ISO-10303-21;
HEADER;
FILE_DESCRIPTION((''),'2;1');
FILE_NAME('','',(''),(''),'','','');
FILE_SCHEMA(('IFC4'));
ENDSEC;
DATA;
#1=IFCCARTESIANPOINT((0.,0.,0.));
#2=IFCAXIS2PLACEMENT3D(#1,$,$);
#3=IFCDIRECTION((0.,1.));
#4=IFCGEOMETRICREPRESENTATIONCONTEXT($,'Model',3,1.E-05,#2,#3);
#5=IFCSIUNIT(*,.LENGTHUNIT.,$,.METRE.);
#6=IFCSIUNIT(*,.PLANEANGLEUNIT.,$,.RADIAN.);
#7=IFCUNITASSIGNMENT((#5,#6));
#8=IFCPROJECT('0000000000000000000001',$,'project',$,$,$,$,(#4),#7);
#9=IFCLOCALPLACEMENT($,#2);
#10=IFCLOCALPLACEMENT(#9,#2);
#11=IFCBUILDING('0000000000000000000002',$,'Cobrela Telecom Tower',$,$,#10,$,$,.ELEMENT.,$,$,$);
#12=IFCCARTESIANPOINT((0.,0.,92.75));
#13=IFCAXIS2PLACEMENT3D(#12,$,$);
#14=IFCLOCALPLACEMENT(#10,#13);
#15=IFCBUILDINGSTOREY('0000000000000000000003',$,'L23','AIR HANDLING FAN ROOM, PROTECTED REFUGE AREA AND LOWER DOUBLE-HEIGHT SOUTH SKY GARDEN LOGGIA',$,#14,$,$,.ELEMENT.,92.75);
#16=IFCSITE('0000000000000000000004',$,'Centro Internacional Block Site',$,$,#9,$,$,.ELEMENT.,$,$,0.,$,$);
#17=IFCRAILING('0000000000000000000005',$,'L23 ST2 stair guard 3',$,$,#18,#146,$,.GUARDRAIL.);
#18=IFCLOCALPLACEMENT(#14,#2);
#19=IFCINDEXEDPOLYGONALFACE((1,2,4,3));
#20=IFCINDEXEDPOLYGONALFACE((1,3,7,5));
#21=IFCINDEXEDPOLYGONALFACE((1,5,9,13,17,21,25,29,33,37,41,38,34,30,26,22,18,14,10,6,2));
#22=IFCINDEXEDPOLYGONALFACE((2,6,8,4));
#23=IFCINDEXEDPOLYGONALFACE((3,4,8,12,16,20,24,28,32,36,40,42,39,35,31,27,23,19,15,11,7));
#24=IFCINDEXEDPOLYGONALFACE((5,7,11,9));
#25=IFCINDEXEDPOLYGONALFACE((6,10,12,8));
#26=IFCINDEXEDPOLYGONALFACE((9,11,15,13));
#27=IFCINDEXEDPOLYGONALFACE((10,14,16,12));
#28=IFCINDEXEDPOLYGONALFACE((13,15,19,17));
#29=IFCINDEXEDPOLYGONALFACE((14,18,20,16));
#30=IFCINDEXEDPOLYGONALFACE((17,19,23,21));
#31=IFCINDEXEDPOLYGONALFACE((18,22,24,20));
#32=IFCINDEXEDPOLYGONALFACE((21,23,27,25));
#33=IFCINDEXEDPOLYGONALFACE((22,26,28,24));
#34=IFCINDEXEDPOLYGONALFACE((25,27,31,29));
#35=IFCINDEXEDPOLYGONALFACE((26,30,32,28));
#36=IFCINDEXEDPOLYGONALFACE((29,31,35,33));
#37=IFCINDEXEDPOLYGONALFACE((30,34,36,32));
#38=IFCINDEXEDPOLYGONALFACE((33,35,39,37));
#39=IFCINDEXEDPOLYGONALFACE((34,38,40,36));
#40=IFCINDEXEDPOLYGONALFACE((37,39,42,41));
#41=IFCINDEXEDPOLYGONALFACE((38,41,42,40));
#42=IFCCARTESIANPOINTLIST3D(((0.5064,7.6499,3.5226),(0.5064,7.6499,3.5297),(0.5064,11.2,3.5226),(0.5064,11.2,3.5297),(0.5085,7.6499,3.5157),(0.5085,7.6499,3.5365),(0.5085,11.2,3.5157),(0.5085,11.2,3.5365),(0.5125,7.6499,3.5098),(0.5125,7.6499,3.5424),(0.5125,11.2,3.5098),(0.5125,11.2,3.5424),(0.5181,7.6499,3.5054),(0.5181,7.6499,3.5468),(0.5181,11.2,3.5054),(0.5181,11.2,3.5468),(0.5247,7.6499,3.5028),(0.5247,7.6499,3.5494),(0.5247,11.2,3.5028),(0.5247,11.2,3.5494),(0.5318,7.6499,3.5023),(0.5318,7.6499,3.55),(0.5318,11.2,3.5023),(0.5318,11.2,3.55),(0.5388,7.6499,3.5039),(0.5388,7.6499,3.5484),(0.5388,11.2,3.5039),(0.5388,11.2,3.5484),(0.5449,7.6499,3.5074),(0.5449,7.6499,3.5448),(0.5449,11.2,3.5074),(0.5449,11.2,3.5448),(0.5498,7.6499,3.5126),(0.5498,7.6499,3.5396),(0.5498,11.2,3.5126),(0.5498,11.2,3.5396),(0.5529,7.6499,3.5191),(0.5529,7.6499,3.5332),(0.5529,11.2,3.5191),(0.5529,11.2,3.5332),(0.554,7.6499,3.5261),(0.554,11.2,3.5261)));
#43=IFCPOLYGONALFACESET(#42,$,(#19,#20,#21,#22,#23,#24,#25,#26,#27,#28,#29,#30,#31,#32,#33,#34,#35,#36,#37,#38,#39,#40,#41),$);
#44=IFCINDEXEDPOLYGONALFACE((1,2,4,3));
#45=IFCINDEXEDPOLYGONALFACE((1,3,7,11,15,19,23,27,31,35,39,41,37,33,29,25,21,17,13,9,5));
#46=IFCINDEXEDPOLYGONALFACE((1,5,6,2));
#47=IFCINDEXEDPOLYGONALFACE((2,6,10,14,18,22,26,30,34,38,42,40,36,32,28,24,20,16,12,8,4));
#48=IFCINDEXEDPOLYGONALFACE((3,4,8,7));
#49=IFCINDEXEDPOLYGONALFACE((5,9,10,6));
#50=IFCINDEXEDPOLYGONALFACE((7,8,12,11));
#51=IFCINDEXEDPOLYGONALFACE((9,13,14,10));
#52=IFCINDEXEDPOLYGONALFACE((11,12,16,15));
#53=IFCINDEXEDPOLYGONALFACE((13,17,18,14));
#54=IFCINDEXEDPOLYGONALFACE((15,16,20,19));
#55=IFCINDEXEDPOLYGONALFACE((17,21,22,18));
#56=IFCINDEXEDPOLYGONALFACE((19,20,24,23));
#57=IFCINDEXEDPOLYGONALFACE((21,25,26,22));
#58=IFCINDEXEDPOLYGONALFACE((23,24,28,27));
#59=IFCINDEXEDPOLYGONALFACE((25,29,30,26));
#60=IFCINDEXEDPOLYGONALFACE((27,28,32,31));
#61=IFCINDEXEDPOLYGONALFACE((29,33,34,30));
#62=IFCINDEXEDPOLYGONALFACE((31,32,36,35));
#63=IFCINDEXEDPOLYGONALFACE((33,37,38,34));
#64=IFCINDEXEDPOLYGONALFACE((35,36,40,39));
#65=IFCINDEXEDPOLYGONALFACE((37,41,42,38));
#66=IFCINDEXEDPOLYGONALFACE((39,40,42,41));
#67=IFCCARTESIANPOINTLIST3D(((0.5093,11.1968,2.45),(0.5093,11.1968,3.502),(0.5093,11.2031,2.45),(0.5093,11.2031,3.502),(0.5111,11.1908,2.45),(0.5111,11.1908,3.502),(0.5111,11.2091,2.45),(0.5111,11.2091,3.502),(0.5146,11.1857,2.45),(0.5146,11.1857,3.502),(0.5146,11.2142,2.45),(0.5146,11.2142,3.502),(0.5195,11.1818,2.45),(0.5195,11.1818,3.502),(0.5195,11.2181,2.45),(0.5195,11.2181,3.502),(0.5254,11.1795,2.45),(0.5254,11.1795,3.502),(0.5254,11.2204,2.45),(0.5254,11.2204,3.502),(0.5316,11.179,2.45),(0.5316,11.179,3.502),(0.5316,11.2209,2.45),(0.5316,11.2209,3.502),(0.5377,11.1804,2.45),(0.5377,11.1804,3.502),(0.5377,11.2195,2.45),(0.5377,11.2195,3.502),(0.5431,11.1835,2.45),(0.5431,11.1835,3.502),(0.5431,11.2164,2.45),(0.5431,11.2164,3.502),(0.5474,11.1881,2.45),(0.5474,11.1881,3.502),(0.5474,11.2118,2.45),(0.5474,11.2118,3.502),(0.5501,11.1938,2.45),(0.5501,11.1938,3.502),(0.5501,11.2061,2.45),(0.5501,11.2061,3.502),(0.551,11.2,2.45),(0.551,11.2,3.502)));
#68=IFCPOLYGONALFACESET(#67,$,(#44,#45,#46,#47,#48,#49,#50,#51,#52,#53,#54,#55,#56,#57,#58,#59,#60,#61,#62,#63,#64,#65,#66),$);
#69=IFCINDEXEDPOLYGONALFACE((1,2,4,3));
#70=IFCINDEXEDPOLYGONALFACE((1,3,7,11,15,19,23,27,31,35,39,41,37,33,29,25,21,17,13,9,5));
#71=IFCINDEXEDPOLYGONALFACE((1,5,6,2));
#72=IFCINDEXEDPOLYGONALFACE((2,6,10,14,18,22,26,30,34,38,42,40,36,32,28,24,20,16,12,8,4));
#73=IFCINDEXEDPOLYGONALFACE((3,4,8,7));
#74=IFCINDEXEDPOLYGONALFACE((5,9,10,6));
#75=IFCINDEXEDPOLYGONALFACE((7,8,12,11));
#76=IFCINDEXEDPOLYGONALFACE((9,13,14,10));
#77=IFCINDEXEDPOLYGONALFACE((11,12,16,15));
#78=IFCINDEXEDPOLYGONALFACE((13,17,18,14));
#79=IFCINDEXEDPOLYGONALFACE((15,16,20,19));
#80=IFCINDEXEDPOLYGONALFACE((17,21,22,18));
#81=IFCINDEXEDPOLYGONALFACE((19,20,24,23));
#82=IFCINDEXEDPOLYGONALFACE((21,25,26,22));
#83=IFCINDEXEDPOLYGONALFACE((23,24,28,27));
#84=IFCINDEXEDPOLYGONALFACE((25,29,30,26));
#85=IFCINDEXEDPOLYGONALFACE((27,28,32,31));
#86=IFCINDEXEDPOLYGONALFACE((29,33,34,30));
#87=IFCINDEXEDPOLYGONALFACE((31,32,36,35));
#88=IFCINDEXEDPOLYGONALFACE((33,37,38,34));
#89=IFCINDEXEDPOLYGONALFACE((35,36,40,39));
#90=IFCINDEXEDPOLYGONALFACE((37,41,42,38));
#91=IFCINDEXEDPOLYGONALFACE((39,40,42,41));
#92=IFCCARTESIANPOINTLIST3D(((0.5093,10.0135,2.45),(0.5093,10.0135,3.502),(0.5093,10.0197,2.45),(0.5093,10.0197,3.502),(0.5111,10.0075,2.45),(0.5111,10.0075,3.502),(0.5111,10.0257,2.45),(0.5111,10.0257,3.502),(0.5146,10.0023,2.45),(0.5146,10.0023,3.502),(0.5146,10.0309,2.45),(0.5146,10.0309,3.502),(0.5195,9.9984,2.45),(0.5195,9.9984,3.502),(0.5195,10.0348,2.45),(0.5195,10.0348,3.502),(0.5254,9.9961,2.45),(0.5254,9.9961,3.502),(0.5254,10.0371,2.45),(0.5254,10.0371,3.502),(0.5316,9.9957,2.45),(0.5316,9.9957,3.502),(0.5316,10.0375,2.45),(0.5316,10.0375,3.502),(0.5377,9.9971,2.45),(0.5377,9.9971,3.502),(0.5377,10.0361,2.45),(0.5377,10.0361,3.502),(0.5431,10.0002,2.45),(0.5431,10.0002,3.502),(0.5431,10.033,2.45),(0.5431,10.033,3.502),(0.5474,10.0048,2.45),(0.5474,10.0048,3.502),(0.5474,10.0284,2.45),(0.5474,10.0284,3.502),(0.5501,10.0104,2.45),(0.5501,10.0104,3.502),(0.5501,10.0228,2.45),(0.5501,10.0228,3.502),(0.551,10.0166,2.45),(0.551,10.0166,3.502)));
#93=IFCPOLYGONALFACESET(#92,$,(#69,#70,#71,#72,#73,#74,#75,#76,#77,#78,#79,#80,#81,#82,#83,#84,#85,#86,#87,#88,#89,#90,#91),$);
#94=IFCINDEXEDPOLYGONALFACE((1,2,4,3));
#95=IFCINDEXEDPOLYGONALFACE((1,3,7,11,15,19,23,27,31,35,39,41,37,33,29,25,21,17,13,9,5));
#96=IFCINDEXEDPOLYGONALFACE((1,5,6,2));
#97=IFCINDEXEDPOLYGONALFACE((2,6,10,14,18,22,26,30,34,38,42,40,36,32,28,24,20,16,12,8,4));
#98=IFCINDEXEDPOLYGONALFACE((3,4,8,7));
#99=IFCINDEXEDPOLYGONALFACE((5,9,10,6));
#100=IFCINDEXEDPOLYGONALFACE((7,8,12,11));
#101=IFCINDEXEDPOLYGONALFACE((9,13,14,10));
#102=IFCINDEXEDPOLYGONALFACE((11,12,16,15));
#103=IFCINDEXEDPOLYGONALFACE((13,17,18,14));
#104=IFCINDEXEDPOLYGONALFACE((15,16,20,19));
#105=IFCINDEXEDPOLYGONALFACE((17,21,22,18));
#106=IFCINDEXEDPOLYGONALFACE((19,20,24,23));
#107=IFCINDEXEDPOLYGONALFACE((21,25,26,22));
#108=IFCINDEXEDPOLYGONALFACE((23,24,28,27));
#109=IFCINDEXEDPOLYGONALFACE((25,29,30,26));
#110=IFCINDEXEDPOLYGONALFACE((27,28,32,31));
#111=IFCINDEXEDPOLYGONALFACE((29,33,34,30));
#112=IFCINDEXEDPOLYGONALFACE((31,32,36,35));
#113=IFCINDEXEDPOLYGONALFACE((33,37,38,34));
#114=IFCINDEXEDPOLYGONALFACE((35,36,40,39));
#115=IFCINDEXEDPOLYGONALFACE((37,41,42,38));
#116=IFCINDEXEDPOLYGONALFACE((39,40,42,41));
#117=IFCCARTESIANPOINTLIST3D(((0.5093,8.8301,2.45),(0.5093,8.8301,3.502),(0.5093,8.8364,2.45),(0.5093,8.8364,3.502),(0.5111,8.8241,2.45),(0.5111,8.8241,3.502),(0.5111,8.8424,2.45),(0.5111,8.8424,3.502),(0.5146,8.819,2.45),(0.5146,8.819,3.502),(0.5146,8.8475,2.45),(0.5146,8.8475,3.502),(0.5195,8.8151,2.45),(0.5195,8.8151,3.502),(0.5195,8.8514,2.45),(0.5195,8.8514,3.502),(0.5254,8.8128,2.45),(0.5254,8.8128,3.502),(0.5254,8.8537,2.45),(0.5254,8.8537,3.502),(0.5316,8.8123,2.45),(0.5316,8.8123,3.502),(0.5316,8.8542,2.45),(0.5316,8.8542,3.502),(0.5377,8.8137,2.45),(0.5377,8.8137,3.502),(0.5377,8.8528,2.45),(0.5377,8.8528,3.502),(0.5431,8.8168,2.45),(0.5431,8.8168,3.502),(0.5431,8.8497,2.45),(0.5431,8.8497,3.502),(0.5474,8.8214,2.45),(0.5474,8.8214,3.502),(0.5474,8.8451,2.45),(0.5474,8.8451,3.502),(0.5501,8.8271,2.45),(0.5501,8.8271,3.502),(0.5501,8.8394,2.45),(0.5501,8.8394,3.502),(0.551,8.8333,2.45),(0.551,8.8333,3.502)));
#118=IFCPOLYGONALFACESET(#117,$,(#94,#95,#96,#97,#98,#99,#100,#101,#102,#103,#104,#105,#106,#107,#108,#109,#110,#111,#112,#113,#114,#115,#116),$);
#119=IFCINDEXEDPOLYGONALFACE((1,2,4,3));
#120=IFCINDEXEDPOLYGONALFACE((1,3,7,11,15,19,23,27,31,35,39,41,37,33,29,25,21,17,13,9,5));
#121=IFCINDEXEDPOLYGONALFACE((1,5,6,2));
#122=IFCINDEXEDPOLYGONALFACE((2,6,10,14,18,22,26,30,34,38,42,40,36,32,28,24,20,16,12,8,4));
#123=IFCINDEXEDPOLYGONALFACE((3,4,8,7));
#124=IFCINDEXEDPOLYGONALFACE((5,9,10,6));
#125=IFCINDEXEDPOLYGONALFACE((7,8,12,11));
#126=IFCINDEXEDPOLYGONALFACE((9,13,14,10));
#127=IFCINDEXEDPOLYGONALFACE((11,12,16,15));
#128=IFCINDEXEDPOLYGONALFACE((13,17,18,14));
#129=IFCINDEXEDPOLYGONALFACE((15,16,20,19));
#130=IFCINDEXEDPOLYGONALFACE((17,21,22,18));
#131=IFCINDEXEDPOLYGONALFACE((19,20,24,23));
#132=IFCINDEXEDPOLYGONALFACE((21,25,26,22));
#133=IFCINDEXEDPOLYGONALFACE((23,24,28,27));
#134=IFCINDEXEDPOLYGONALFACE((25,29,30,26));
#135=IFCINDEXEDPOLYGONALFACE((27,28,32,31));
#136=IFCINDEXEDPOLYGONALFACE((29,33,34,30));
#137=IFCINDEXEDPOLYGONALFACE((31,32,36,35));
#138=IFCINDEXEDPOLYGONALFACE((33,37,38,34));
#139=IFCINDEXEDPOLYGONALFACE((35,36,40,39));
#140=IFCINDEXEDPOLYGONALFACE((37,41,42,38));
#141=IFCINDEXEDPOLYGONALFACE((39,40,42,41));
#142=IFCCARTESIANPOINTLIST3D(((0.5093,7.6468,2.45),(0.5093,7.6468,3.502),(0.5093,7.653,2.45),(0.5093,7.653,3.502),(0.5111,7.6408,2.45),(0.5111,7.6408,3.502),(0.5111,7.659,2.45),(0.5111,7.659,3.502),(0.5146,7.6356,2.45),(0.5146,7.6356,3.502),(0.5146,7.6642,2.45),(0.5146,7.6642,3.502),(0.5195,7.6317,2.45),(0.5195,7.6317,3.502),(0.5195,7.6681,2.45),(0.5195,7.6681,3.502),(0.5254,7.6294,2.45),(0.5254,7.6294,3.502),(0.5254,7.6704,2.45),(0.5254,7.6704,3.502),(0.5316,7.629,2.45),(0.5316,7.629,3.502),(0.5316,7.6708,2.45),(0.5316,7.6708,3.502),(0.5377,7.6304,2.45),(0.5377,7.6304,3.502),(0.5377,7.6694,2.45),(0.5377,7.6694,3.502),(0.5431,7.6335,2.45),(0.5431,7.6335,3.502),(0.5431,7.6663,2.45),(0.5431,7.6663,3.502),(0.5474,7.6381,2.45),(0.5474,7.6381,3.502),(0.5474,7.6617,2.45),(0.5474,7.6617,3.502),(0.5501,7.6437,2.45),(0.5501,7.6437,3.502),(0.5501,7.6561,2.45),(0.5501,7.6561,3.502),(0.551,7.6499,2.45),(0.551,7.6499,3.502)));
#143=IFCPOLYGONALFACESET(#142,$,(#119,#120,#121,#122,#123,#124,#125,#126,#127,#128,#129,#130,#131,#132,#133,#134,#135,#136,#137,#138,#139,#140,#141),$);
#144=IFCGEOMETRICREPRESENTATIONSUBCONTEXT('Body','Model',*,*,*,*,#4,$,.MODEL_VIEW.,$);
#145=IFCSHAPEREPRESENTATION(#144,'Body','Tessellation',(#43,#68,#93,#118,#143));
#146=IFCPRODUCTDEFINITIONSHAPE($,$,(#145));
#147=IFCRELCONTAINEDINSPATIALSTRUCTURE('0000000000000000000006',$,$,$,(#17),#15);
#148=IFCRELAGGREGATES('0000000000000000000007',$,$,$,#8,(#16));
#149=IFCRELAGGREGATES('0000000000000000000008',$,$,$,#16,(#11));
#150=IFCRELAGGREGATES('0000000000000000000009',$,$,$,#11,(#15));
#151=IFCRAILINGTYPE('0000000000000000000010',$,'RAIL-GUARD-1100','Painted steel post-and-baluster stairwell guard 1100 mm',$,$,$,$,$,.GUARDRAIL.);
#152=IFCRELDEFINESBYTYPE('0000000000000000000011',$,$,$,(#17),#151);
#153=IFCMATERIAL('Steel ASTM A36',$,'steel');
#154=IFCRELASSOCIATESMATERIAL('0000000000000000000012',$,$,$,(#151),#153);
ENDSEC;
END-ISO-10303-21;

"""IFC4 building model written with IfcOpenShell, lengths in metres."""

from ifc_helpers import new_model, si_unit, direction, frame, origin, origin_2d, place, context, subcontext, project, spatial, circle, extrude, material, type_object, element, save


model = new_model("IFC4")

# Units and contexts
model_context = context("Model", 3, precision=1e-05, world=origin(), true_north=direction((0.0, 1.0)))
body_context = subcontext(model_context, "Body", "Model", "MODEL_VIEW")
ifc_project = project(units=[si_unit("LENGTHUNIT", "METRE"), si_unit("PLANEANGLEUNIT", "RADIAN")], contexts=[model_context])

# Site, building, storey
site_placement = place(None, origin())
site = spatial("IfcSite", under=ifc_project, at=site_placement, Name="Centro Internacional Block Site", CompositionType="ELEMENT", RefElevation=0.0)
building_placement = place(site_placement, origin())
building = spatial("IfcBuilding", under=site, at=building_placement, Name="Cobrela Telecom Tower", CompositionType="ELEMENT")
storey_placement = place(building_placement, frame((0.0, 0.0, 92.75)))
storey = spatial("IfcBuildingStorey", under=building, at=storey_placement, Name="L23", Description="AIR HANDLING FAN ROOM, PROTECTED REFUGE AREA AND LOWER DOUBLE-HEIGHT SOUTH SKY GARDEN LOGGIA", CompositionType="ELEMENT", Elevation=92.75)

# Railing
ifc_material_1 = material(Name="Steel ASTM A36", Category="steel")
railing_type_1 = type_object("IfcRailingType", Name="RAIL-GUARD-1100", Description="Painted steel post-and-baluster stairwell guard 1100 mm", PredefinedType="GUARDRAIL", material=ifc_material_1)
railing_1_placement = place(storey_placement, frame((0.53, 11.2, 2.45)))
element("IfcRailing", 1, at=railing_1_placement, inside=storey, type_object=railing_type_1, Name="L23 ST2 stair guard 3", PredefinedType="GUARDRAIL", context=body_context, shape_type="SweptSolid", body=[
    extrude(circle(Radius=0.0239, at=origin_2d()), frame((0.0, 0.0, 1.0762), z_axis=(0.0, -1.0, 0.0), x_axis=(1.0, 0.0, 0.0)), (0.0, 0.0, 1.0), 3.55),
    extrude(circle(Radius=0.021, at=origin_2d()), origin(), (0.0, 0.0, 1.0), 1.052),
    extrude(circle(Radius=0.021, at=origin_2d()), frame((0.0, -1.1833, 0.0)), (0.0, 0.0, 1.0), 1.052),
    extrude(circle(Radius=0.021, at=origin_2d()), frame((0.0, -2.3667, 0.0)), (0.0, 0.0, 1.0), 1.052),
    extrude(circle(Radius=0.021, at=origin_2d()), frame((0.0, -3.55, 0.0)), (0.0, 0.0, 1.0), 1.052),
])

save(model, "model.ifc")
